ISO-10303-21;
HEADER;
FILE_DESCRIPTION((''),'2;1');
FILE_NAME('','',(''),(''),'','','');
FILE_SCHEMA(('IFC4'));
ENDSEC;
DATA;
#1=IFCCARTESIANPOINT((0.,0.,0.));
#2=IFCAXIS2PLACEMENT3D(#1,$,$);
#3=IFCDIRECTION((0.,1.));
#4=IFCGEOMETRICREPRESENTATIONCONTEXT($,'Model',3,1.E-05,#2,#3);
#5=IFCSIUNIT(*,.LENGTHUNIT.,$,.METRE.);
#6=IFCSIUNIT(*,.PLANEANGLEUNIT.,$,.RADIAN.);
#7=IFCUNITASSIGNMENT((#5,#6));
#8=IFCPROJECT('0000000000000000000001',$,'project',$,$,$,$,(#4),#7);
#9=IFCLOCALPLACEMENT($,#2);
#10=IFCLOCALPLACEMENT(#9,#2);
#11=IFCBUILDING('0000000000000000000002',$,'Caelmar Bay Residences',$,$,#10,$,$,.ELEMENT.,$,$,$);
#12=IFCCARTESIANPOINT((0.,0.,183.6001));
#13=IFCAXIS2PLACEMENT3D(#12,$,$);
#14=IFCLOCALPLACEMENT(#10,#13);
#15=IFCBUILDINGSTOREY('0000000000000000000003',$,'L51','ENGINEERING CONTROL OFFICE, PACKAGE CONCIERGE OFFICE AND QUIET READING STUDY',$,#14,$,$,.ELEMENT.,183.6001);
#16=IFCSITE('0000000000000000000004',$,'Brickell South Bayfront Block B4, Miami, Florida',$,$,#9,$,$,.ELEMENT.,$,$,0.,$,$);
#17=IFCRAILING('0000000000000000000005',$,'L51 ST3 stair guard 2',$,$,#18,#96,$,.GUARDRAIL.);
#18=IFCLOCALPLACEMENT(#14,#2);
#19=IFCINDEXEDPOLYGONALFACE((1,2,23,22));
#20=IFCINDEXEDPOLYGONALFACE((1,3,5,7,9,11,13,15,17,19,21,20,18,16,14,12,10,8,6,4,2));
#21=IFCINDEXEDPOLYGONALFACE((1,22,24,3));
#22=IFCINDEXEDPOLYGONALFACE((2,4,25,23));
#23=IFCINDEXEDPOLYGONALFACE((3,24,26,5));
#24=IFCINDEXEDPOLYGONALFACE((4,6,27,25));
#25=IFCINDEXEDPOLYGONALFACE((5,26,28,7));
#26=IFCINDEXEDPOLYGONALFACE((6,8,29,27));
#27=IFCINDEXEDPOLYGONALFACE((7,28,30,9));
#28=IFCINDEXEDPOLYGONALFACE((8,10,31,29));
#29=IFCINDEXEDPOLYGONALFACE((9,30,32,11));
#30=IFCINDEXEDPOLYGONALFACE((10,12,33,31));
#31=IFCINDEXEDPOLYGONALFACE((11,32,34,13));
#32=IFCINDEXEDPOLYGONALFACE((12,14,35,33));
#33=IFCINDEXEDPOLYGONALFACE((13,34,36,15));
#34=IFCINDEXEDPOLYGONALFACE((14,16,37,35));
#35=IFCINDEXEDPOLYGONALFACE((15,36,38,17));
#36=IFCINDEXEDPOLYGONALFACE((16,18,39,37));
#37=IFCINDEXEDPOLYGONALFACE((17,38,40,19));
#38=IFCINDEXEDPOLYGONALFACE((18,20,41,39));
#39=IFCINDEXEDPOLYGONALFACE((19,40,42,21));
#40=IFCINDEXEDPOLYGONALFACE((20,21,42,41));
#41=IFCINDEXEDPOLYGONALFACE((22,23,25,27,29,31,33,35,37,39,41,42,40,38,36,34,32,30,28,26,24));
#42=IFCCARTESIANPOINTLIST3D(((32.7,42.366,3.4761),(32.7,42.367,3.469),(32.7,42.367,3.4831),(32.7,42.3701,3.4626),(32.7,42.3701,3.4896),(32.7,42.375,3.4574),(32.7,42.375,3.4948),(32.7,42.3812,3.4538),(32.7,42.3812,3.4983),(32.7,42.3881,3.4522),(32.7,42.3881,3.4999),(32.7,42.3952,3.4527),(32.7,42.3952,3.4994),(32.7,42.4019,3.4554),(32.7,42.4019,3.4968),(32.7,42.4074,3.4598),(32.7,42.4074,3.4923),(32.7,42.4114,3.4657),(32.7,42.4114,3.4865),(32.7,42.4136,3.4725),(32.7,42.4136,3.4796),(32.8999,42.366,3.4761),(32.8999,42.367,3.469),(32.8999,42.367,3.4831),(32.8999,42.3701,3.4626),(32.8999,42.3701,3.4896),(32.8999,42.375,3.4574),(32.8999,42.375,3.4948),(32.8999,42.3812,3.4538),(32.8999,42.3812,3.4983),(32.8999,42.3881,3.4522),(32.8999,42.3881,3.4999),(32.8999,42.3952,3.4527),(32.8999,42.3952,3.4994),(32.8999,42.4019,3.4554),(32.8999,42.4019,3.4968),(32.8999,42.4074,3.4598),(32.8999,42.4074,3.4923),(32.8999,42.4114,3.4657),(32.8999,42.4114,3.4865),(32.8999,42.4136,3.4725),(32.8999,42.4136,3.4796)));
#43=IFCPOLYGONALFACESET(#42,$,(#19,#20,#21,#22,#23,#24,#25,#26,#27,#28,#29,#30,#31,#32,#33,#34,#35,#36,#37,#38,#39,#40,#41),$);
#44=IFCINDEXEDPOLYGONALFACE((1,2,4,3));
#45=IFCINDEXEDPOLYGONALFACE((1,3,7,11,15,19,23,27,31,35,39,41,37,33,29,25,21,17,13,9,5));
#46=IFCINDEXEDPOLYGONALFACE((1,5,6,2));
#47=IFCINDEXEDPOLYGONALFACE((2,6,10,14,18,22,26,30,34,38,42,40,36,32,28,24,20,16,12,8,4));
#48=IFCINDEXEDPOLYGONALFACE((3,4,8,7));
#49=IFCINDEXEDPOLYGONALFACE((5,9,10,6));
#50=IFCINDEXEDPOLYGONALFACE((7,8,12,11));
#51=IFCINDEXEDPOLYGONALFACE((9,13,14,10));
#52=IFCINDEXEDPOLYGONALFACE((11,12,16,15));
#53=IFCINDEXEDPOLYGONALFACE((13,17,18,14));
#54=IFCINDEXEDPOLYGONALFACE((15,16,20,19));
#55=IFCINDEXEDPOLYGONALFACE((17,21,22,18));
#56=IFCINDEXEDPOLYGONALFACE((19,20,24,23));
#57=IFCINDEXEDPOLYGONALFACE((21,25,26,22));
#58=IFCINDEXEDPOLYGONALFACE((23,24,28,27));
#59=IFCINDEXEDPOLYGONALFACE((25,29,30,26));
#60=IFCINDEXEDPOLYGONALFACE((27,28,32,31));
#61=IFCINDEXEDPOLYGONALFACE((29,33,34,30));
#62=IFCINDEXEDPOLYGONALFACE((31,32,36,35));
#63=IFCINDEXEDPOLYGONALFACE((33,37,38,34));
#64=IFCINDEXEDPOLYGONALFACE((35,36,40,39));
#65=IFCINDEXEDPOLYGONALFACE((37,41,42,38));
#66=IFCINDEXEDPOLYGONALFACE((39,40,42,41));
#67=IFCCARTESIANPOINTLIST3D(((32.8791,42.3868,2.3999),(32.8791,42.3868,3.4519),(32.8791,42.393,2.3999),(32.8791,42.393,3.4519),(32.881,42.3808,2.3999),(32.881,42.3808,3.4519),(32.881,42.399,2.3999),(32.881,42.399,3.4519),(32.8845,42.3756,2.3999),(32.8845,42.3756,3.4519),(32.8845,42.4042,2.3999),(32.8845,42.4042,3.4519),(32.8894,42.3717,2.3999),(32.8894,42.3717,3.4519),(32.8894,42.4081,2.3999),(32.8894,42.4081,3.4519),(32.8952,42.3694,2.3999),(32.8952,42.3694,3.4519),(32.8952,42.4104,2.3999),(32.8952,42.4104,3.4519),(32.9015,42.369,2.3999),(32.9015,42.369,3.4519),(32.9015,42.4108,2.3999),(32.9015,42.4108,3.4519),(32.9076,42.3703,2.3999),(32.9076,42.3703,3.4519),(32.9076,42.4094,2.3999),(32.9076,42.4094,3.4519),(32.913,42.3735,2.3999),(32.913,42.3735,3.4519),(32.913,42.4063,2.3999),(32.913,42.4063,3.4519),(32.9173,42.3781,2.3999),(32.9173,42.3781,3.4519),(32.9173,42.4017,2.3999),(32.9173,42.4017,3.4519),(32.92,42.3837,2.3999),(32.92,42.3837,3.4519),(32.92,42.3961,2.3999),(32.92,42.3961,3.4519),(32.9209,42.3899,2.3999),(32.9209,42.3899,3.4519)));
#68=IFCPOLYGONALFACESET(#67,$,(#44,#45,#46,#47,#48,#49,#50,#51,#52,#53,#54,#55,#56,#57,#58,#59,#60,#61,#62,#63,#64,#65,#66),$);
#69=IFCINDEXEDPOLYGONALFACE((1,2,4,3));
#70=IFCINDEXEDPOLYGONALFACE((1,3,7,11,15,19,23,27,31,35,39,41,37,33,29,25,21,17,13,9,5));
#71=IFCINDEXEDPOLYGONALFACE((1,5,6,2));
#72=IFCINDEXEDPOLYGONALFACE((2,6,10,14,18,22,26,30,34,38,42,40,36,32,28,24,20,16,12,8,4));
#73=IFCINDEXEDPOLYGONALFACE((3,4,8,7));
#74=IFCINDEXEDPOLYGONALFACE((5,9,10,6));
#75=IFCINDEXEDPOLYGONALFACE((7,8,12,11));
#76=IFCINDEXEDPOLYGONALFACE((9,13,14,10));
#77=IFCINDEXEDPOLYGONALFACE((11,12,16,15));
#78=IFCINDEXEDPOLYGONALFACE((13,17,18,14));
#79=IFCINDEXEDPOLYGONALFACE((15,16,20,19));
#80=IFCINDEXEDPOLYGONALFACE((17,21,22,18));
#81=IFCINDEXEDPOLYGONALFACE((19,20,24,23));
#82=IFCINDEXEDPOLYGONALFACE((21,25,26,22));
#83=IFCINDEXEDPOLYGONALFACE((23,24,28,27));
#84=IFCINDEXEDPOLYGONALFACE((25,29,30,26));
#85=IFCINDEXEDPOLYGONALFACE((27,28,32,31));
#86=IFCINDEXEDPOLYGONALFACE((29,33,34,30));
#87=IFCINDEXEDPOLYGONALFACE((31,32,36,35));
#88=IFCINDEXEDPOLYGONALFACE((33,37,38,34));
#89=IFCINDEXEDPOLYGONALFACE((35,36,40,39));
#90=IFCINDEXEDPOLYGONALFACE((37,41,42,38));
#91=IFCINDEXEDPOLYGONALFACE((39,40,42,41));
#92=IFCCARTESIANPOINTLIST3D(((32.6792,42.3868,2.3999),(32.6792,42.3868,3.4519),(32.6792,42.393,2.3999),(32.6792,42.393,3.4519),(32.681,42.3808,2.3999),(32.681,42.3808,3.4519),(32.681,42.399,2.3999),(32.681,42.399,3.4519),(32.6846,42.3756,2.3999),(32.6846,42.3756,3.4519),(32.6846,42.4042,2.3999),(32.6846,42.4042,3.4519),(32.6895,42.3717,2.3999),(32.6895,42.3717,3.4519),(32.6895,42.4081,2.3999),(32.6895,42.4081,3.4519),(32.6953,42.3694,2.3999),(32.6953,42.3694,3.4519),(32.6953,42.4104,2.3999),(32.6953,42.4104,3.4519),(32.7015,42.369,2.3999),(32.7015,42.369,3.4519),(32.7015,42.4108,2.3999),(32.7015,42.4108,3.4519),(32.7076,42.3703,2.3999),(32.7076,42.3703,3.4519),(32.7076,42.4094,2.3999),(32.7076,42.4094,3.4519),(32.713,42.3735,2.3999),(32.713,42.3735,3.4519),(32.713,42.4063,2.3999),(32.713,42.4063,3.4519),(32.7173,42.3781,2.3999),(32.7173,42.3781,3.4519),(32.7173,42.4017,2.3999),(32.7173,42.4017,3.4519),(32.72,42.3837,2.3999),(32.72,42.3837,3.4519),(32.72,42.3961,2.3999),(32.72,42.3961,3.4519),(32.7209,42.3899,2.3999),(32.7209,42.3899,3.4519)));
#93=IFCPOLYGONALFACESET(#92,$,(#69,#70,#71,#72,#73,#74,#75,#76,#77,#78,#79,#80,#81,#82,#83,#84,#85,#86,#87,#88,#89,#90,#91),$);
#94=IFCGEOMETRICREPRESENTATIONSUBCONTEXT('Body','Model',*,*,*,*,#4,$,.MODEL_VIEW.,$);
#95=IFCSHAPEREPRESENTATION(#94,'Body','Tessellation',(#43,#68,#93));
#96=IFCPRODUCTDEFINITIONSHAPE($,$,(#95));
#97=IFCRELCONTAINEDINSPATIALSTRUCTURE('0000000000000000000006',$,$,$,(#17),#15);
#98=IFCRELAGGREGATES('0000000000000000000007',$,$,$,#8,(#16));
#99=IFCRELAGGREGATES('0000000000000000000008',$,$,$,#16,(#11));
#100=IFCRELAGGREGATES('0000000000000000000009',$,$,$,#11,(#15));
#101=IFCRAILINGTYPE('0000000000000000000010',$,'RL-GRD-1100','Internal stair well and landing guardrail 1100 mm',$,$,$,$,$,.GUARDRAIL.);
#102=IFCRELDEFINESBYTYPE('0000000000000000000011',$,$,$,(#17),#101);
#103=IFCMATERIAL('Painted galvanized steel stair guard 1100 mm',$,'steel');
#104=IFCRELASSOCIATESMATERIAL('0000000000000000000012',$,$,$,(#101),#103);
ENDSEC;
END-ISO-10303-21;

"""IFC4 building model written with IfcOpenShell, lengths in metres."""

from ifc_helpers import new_model, si_unit, direction, frame, origin, origin_2d, place, context, subcontext, project, spatial, circle, extrude, material, type_object, element, save


model = new_model("IFC4")

# Units and contexts
model_context = context("Model", 3, precision=1e-05, world=origin(), true_north=direction((0.0, 1.0)))
body_context = subcontext(model_context, "Body", "Model", "MODEL_VIEW")
ifc_project = project(units=[si_unit("LENGTHUNIT", "METRE"), si_unit("PLANEANGLEUNIT", "RADIAN")], contexts=[model_context])

# Site, building, storey
site_placement = place(None, origin())
site = spatial("IfcSite", under=ifc_project, at=site_placement, Name="Brickell South Bayfront Block B4, Miami, Florida", CompositionType="ELEMENT", RefElevation=0.0)
building_placement = place(site_placement, origin())
building = spatial("IfcBuilding", under=site, at=building_placement, Name="Caelmar Bay Residences", CompositionType="ELEMENT")
storey_placement = place(building_placement, frame((0.0, 0.0, 183.6001)))
storey = spatial("IfcBuildingStorey", under=building, at=storey_placement, Name="L51", Description="ENGINEERING CONTROL OFFICE, PACKAGE CONCIERGE OFFICE AND QUIET READING STUDY", CompositionType="ELEMENT", Elevation=183.6001)

# Railing
ifc_material_1 = material(Name="Painted galvanized steel stair guard 1100 mm", Category="steel")
railing_type_1 = type_object("IfcRailingType", Name="RL-GRD-1100", Description="Internal stair well and landing guardrail 1100 mm", PredefinedType="GUARDRAIL", material=ifc_material_1)
railing_1_placement = place(storey_placement, frame((32.8999, 42.3899, 2.3999)))
element("IfcRailing", 1, at=railing_1_placement, inside=storey, type_object=railing_type_1, Name="L51 ST3 stair guard 2", PredefinedType="GUARDRAIL", context=body_context, shape_type="SweptSolid", body=[
    extrude(circle(Radius=0.0239, at=origin_2d()), frame((0.0, 0.0, 1.0762), z_axis=(-1.0, 0.0, 0.0), x_axis=(0.0, -1.0, 0.0)), (0.0, 0.0, 1.0), 0.2),
    extrude(circle(Radius=0.021, at=origin_2d()), origin(), (0.0, 0.0, 1.0), 1.052),
    extrude(circle(Radius=0.021, at=origin_2d()), frame((-0.2, 0.0, 0.0)), (0.0, 0.0, 1.0), 1.052),
])

save(model, "model.ifc")
